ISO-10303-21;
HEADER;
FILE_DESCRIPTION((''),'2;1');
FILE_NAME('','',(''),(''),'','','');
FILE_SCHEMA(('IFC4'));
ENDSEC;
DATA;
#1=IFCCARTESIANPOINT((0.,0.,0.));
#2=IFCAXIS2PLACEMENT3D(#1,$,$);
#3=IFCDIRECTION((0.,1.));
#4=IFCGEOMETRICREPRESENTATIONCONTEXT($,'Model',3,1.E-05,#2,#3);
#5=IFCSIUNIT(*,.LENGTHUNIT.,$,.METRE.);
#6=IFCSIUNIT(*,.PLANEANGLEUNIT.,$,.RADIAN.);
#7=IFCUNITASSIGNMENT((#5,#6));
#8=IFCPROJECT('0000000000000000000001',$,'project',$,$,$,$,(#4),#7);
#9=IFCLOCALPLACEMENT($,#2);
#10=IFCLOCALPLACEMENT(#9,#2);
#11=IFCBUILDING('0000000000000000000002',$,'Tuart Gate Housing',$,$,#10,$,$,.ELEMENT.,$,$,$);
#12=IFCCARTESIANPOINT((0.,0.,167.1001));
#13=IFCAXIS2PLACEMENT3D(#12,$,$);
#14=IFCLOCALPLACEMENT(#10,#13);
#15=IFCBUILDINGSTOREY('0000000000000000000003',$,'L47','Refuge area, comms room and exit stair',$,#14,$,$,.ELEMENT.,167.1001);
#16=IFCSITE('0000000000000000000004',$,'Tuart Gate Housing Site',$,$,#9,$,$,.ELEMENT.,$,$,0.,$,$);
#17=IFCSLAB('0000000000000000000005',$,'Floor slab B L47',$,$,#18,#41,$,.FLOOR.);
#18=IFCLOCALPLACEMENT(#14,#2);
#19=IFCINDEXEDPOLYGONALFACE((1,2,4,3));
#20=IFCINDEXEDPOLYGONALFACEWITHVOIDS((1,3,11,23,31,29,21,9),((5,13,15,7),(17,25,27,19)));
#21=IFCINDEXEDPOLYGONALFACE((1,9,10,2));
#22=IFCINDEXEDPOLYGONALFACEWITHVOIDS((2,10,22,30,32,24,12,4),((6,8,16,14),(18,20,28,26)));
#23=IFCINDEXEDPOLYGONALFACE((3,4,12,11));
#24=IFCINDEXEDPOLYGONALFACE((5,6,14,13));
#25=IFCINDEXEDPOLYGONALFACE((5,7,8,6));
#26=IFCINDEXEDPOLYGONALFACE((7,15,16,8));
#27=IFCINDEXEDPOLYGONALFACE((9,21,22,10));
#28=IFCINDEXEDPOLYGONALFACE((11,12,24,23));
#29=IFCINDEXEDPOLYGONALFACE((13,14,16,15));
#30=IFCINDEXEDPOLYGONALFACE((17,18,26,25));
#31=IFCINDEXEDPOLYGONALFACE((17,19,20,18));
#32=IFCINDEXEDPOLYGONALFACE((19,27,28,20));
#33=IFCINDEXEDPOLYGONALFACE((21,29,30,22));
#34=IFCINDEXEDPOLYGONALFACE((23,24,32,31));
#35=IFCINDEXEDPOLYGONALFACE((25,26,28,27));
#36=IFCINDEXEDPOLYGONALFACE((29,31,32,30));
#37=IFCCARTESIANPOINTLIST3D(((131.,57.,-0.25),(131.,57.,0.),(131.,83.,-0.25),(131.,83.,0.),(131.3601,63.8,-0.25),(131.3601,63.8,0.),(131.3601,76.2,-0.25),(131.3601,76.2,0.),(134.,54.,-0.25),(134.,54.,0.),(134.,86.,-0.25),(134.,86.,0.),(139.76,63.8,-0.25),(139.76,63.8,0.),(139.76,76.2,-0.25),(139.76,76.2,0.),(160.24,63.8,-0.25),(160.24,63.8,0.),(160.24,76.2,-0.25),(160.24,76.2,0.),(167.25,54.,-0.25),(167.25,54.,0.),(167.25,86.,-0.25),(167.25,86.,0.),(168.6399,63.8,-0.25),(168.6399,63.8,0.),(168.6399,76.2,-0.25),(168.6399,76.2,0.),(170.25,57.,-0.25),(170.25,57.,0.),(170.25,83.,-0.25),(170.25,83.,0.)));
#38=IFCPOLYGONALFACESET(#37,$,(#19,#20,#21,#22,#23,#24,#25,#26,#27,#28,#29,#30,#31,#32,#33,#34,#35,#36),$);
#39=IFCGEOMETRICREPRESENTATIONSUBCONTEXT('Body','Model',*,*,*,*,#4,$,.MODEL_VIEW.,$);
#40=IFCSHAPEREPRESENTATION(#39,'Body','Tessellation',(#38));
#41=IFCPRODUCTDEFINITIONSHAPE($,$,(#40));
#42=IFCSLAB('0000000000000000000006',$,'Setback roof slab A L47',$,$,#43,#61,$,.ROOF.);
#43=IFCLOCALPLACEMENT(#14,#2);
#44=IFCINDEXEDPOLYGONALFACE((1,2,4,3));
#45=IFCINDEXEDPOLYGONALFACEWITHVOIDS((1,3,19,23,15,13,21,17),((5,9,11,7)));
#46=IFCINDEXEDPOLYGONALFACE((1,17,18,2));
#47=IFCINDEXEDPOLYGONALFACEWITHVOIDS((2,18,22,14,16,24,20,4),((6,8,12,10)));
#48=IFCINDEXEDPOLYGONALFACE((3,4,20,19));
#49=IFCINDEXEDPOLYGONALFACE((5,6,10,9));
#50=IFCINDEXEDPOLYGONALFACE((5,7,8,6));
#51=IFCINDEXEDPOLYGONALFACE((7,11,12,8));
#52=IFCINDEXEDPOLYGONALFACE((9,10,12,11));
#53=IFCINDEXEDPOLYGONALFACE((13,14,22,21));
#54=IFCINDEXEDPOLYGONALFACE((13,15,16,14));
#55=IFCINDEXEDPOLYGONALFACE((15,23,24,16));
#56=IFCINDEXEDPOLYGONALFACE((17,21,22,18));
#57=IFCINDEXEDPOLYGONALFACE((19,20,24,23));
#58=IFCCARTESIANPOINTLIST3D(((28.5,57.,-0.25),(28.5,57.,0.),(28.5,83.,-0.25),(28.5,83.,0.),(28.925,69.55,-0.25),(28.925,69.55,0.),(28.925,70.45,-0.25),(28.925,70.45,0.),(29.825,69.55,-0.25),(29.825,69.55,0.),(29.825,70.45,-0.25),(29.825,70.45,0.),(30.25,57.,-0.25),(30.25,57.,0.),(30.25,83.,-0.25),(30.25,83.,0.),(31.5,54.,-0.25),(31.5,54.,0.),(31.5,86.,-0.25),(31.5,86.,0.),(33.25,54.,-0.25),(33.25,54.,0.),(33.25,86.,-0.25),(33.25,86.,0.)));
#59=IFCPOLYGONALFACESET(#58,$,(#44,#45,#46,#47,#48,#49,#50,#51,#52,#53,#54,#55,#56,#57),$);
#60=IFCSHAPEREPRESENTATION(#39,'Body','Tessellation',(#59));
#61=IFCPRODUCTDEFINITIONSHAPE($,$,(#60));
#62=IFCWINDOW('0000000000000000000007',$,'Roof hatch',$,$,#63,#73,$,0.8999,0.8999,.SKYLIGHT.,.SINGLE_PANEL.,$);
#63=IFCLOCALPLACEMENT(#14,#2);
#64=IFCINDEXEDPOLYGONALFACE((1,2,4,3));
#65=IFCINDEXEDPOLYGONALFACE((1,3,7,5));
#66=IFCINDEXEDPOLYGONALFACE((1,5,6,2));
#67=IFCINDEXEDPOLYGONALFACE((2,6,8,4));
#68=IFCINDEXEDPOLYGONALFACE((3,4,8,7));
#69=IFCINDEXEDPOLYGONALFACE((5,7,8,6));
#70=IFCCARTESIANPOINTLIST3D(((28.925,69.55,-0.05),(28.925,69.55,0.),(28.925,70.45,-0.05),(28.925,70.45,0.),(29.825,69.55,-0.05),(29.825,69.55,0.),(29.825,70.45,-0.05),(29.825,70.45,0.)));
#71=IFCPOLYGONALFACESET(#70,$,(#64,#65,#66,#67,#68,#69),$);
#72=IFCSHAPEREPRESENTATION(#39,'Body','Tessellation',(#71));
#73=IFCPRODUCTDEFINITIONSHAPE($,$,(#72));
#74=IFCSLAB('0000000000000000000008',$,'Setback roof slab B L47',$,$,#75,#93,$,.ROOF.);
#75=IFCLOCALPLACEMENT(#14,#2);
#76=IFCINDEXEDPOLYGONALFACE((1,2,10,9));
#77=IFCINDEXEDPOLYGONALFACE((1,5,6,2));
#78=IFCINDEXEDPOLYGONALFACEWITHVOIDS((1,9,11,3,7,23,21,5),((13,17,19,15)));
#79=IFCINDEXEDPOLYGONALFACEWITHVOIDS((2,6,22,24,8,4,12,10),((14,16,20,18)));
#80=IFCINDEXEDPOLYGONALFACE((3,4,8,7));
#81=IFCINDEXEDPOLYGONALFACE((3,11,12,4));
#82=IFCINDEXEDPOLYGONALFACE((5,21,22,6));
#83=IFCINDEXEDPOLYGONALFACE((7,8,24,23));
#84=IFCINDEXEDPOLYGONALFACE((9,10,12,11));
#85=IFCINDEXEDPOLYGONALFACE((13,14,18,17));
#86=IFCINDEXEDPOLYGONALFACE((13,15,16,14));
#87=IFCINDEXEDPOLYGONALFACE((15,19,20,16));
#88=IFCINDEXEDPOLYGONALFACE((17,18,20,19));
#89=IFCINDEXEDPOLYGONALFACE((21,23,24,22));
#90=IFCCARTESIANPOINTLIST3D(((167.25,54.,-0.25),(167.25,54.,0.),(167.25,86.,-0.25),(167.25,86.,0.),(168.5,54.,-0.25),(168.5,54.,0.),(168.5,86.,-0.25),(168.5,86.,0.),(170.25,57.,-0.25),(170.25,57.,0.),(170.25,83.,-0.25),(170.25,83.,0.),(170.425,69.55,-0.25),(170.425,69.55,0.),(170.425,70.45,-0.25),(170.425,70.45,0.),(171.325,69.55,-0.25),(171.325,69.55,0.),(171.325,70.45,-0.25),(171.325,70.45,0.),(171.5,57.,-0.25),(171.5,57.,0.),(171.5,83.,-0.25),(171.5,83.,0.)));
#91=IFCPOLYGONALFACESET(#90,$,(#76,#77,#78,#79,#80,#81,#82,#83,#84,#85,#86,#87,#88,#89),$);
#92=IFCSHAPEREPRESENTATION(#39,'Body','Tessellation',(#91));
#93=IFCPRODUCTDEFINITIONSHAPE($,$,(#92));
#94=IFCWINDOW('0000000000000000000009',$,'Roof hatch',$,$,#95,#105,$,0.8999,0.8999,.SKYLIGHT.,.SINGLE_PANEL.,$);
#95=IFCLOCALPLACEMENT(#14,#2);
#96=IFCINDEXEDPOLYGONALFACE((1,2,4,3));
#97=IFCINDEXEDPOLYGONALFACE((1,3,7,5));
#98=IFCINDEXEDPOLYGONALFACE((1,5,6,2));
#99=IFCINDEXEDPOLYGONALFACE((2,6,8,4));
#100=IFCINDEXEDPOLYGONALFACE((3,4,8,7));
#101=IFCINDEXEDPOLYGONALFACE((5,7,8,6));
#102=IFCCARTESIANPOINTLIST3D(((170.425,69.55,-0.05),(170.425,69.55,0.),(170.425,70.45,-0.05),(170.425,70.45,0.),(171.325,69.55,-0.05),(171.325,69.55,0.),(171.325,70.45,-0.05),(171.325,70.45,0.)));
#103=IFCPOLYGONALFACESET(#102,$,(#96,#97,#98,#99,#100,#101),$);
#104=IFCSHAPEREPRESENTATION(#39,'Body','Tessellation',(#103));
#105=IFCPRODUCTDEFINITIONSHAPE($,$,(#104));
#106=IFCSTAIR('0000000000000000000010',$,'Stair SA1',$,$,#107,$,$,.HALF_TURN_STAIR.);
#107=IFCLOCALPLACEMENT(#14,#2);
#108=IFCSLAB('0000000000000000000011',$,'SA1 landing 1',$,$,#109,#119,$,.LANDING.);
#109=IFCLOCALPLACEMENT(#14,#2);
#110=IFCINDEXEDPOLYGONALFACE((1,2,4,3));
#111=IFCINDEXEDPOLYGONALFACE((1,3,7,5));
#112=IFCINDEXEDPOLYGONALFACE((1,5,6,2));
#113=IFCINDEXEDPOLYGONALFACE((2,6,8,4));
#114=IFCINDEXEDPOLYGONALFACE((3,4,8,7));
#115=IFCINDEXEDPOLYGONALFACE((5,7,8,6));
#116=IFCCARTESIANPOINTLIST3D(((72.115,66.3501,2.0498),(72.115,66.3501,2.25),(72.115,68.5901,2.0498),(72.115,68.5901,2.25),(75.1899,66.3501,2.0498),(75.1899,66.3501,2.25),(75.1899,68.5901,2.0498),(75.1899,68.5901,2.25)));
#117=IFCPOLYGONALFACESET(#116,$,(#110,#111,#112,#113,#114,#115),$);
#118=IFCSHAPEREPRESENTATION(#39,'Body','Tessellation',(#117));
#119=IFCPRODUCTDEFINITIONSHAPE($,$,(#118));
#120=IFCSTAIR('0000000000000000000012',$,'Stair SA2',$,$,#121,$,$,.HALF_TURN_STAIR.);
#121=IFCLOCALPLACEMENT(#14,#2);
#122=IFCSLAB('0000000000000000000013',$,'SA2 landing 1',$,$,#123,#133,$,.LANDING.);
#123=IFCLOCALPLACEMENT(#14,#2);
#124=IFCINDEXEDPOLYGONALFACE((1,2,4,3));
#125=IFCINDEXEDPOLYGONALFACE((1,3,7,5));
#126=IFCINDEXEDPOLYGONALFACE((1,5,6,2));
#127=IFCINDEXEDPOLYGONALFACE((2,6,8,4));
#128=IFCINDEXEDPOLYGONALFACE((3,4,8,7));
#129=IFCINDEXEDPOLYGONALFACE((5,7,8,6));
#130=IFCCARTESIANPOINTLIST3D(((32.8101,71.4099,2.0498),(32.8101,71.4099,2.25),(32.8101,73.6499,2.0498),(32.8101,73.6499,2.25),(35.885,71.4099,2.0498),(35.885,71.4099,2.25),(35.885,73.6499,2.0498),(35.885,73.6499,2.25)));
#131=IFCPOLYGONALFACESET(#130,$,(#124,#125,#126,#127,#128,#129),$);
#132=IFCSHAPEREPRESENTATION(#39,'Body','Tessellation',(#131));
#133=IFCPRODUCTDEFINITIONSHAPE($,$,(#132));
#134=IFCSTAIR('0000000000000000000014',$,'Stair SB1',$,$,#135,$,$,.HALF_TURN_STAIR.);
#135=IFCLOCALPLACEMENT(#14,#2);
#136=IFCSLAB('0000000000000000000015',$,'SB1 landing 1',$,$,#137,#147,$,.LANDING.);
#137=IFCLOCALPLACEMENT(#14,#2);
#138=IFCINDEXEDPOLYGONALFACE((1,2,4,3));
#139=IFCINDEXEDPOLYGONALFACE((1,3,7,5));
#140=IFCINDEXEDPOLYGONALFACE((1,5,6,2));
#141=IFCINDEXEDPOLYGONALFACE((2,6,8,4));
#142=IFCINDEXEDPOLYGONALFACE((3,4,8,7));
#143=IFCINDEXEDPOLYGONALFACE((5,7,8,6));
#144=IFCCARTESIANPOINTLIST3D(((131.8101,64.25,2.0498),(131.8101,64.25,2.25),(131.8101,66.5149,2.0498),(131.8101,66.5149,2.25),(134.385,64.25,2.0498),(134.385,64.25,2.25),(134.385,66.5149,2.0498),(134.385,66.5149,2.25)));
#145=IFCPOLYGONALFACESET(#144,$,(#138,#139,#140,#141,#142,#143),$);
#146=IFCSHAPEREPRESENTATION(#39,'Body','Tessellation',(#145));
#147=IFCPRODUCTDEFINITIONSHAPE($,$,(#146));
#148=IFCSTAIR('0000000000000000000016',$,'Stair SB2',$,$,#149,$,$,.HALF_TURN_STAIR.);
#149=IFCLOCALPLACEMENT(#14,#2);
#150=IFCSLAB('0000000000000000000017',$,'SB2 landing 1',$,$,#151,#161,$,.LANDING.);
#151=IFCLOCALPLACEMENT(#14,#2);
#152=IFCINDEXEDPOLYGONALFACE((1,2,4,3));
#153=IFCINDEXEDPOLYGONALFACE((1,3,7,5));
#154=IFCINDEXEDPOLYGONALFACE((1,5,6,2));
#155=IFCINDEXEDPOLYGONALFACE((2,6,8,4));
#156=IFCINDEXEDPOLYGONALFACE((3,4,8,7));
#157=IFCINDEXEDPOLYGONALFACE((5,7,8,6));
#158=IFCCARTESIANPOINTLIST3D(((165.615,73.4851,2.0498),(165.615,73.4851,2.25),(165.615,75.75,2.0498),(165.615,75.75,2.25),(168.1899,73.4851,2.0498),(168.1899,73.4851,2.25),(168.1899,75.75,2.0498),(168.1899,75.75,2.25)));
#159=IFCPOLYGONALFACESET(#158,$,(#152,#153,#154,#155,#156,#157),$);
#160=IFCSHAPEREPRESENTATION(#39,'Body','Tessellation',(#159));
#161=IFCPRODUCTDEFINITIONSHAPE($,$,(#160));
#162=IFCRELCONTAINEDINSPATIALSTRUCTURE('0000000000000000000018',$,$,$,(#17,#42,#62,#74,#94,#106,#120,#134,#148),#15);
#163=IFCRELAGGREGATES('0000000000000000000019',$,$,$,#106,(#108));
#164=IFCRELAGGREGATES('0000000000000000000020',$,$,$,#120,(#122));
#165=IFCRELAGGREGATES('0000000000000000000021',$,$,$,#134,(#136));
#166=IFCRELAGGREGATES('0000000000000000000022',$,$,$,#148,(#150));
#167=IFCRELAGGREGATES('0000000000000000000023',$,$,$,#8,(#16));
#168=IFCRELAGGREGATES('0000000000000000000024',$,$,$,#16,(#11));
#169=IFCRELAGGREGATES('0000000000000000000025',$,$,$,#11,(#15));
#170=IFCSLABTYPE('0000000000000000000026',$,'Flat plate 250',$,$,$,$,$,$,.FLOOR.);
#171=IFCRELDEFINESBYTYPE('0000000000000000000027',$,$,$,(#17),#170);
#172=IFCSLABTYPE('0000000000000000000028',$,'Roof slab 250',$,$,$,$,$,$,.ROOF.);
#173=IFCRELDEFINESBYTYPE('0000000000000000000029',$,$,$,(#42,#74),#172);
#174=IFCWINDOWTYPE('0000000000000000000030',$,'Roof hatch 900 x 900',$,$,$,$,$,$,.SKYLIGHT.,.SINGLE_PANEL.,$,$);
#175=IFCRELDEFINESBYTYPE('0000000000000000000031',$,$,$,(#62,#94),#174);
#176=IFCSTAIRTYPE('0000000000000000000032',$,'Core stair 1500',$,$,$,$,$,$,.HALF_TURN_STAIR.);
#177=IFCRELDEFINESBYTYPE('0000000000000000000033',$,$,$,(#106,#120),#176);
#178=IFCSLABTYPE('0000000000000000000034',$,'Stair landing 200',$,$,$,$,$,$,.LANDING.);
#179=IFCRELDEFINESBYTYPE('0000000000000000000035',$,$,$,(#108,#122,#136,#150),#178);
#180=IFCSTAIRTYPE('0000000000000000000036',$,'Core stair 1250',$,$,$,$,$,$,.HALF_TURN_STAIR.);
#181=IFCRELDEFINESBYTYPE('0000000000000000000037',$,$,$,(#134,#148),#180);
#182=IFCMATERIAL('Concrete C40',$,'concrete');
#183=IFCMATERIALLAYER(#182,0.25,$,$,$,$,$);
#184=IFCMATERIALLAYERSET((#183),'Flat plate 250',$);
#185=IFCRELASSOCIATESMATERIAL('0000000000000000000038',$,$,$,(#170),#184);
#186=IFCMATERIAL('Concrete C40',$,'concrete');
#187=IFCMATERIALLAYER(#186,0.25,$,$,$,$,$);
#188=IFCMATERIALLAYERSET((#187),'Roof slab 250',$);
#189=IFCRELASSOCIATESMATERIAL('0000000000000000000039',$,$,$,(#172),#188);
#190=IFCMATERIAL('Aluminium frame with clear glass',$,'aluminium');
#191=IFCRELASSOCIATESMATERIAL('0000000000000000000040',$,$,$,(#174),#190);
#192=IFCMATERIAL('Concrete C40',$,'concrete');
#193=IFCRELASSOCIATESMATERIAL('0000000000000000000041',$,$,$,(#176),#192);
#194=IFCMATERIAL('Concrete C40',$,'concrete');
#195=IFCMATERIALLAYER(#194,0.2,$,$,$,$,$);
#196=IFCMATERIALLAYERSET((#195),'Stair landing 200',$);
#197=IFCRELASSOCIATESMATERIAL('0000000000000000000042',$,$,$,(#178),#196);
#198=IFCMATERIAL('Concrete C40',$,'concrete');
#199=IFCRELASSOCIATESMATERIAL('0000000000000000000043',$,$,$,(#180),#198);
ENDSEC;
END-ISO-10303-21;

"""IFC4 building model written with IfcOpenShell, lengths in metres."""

from ifc_helpers import new_model, si_unit, direction, frame, origin, origin_2d, place, context, subcontext, project, spatial, polyline, rectangle, outline, extrude, material, layer, layer_set, type_object, element, fill, aggregate, save


model = new_model("IFC4")

# Units and contexts
model_context = context("Model", 3, precision=1e-05, world=origin(), true_north=direction((0.0, 1.0)))
body_context = subcontext(model_context, "Body", "Model", "MODEL_VIEW")
ifc_project = project(units=[si_unit("LENGTHUNIT", "METRE"), si_unit("PLANEANGLEUNIT", "RADIAN")], contexts=[model_context])

# Site, building, storey
site_placement = place(None, origin())
site = spatial("IfcSite", under=ifc_project, at=site_placement, Name="Tuart Gate Housing Site", CompositionType="ELEMENT", RefElevation=0.0)
building_placement = place(site_placement, origin())
building = spatial("IfcBuilding", under=site, at=building_placement, Name="Tuart Gate Housing", CompositionType="ELEMENT")
storey_placement = place(building_placement, frame((0.0, 0.0, 167.1001)))
storey = spatial("IfcBuildingStorey", under=building, at=storey_placement, Name="L47", Description="Refuge area, comms room and exit stair", CompositionType="ELEMENT", Elevation=167.1001)

# Slab
ifc_material_1 = material(Name="Concrete C40", Category="concrete")
ifc_layer_1 = layer(ifc_material_1, 0.25)
ifc_layer_set_1 = layer_set([ifc_layer_1], Name="Flat plate 250")
slab_type_1 = type_object("IfcSlabType", Name="Flat plate 250", PredefinedType="FLOOR", material=ifc_layer_set_1)
slab_1_placement = place(storey_placement, frame((0.0, 0.0, -0.25)))
element("IfcSlab", 1, at=slab_1_placement, inside=storey, type_object=slab_type_1, Name="Floor slab B L47", PredefinedType="FLOOR", context=body_context, shape_type="SweptSolid", body=[
    extrude(outline(polyline([(134.0, 86.0), (131.0, 83.0), (131.0, 57.0), (134.0, 54.0), (167.25, 54.0), (170.25, 57.0), (170.25, 83.0), (167.25, 86.0), (134.0, 86.0)]), holes=[polyline([(131.3601, 76.2), (139.76, 76.2), (139.76, 63.8), (131.3601, 63.8), (131.3601, 76.2)]), polyline([(168.6399, 76.2), (168.6399, 63.8), (160.24, 63.8), (160.24, 76.2), (168.6399, 76.2)])]), origin(), (0.0, 0.0, 1.0), 0.25),
])

# Slabs, openings, windows
ifc_material_2 = material(Name="Concrete C40", Category="concrete")
ifc_layer_2 = layer(ifc_material_2, 0.25)
ifc_layer_set_2 = layer_set([ifc_layer_2], Name="Roof slab 250")
slab_type_2 = type_object("IfcSlabType", Name="Roof slab 250", PredefinedType="ROOF", material=ifc_layer_set_2)
slab_2_placement = place(storey_placement, frame((0.0, 0.0, -0.25)))
slab_2 = element("IfcSlab", 2, at=slab_2_placement, inside=storey, type_object=slab_type_2, Name="Setback roof slab A L47", PredefinedType="ROOF", context=body_context, shape_type="SweptSolid", body=[
    extrude(outline(polyline([(31.5, 54.0), (33.25, 54.0), (30.25, 57.0), (30.25, 83.0), (33.25, 86.0), (31.5, 86.0), (28.5, 83.0), (28.5, 57.0), (31.5, 54.0)])), origin(), (0.0, 0.0, 1.0), 0.25),
])
opening_1_placement = place(slab_2_placement, frame((29.375, 70.0, 0.0)))
opening_1 = element("IfcOpeningElement", 3, at=opening_1_placement, cuts=slab_2, PredefinedType="OPENING", context=body_context, shape_type="SweptSolid", body=[
    extrude(rectangle(XDim=0.8999, YDim=0.8999, at=origin_2d()), frame((0.0, 0.0, -0.01)), (0.0, 0.0, 1.0), 0.27),
])
ifc_material_3 = material(Name="Aluminium frame with clear glass", Category="aluminium")
window_type = type_object("IfcWindowType", Name="Roof hatch 900 x 900", PartitioningType="SINGLE_PANEL", PredefinedType="SKYLIGHT", material=ifc_material_3)
window_1_placement = place(opening_1_placement, frame((0.0, 0.0, 0.2)))
window_1 = element("IfcWindow", 4, at=window_1_placement, inside=storey, type_object=window_type, Name="Roof hatch", OverallHeight=0.8999, OverallWidth=0.8999, PartitioningType="SINGLE_PANEL", PredefinedType="SKYLIGHT", context=body_context, shape_type="SweptSolid", body=[
    extrude(rectangle(XDim=0.8999, YDim=0.8999, at=origin_2d()), origin(), (0.0, 0.0, 1.0), 0.05),
])
fill(opening_1, window_1)
slab_3_placement = place(storey_placement, frame((0.0, 0.0, -0.25)))
slab_3 = element("IfcSlab", 5, at=slab_3_placement, inside=storey, type_object=slab_type_2, Name="Setback roof slab B L47", PredefinedType="ROOF", context=body_context, shape_type="SweptSolid", body=[
    extrude(outline(polyline([(168.5, 86.0), (167.25, 86.0), (170.25, 83.0), (170.25, 57.0), (167.25, 54.0), (168.5, 54.0), (171.5, 57.0), (171.5, 83.0), (168.5, 86.0)])), origin(), (0.0, 0.0, 1.0), 0.25),
])
opening_2_placement = place(slab_3_placement, frame((170.875, 70.0, 0.0)))
opening_2 = element("IfcOpeningElement", 6, at=opening_2_placement, cuts=slab_3, PredefinedType="OPENING", context=body_context, shape_type="SweptSolid", body=[
    extrude(rectangle(XDim=0.8999, YDim=0.8999, at=origin_2d()), frame((0.0, 0.0, -0.01)), (0.0, 0.0, 1.0), 0.27),
])
window_2_placement = place(opening_2_placement, frame((0.0, 0.0, 0.2)))
window_2 = element("IfcWindow", 7, at=window_2_placement, inside=storey, type_object=window_type, Name="Roof hatch", OverallHeight=0.8999, OverallWidth=0.8999, PartitioningType="SINGLE_PANEL", PredefinedType="SKYLIGHT", context=body_context, shape_type="SweptSolid", body=[
    extrude(rectangle(XDim=0.8999, YDim=0.8999, at=origin_2d()), origin(), (0.0, 0.0, 1.0), 0.05),
])
fill(opening_2, window_2)

# Stairs, slabs
ifc_material_4 = material(Name="Concrete C40", Category="concrete")
stair_type_1 = type_object("IfcStairType", Name="Core stair 1500", PredefinedType="HALF_TURN_STAIR", material=ifc_material_4)
stair_1_placement = place(storey_placement, origin())
stair_1 = element("IfcStair", 8, at=stair_1_placement, inside=storey, type_object=stair_type_1, Name="Stair SA1", PredefinedType="HALF_TURN_STAIR")
ifc_material_5 = material(Name="Concrete C40", Category="concrete")
ifc_layer_3 = layer(ifc_material_5, 0.2)
ifc_layer_set_3 = layer_set([ifc_layer_3], Name="Stair landing 200")
slab_type_3 = type_object("IfcSlabType", Name="Stair landing 200", PredefinedType="LANDING", material=ifc_layer_set_3)
slab_4_placement = place(storey_placement, frame((0.0, 0.0, 2.0498)))
slab_4 = element("IfcSlab", 9, at=slab_4_placement, type_object=slab_type_3, Name="SA1 landing 1", PredefinedType="LANDING", context=body_context, shape_type="SweptSolid", body=[
    extrude(outline(polyline([(72.115, 66.3501), (75.1899, 66.3501), (75.1899, 68.5901), (72.115, 68.5901), (72.115, 66.3501)])), origin(), (0.0, 0.0, 1.0), 0.2002),
])
aggregate(stair_1, [slab_4])
stair_2_placement = place(storey_placement, origin())
stair_2 = element("IfcStair", 10, at=stair_2_placement, inside=storey, type_object=stair_type_1, Name="Stair SA2", PredefinedType="HALF_TURN_STAIR")
slab_5_placement = place(storey_placement, frame((0.0, 0.0, 2.0498)))
slab_5 = element("IfcSlab", 11, at=slab_5_placement, type_object=slab_type_3, Name="SA2 landing 1", PredefinedType="LANDING", context=body_context, shape_type="SweptSolid", body=[
    extrude(outline(polyline([(35.885, 73.6499), (32.8101, 73.6499), (32.8101, 71.4099), (35.885, 71.4099), (35.885, 73.6499)])), origin(), (0.0, 0.0, 1.0), 0.2002),
])
aggregate(stair_2, [slab_5])
ifc_material_6 = material(Name="Concrete C40", Category="concrete")
stair_type_2 = type_object("IfcStairType", Name="Core stair 1250", PredefinedType="HALF_TURN_STAIR", material=ifc_material_6)
stair_3_placement = place(storey_placement, origin())
stair_3 = element("IfcStair", 12, at=stair_3_placement, inside=storey, type_object=stair_type_2, Name="Stair SB1", PredefinedType="HALF_TURN_STAIR")
slab_6_placement = place(storey_placement, frame((0.0, 0.0, 2.0498)))
slab_6 = element("IfcSlab", 13, at=slab_6_placement, type_object=slab_type_3, Name="SB1 landing 1", PredefinedType="LANDING", context=body_context, shape_type="SweptSolid", body=[
    extrude(outline(polyline([(134.385, 66.5149), (131.8101, 66.5149), (131.8101, 64.25), (134.385, 64.25), (134.385, 66.5149)])), origin(), (0.0, 0.0, 1.0), 0.2002),
])
aggregate(stair_3, [slab_6])
stair_4_placement = place(storey_placement, origin())
stair_4 = element("IfcStair", 14, at=stair_4_placement, inside=storey, type_object=stair_type_2, Name="Stair SB2", PredefinedType="HALF_TURN_STAIR")
slab_7_placement = place(storey_placement, frame((0.0, 0.0, 2.0498)))
slab_7 = element("IfcSlab", 15, at=slab_7_placement, type_object=slab_type_3, Name="SB2 landing 1", PredefinedType="LANDING", context=body_context, shape_type="SweptSolid", body=[
    extrude(outline(polyline([(165.615, 73.4851), (168.1899, 73.4851), (168.1899, 75.75), (165.615, 75.75), (165.615, 73.4851)])), origin(), (0.0, 0.0, 1.0), 0.2002),
])
aggregate(stair_4, [slab_7])

save(model, "model.ifc")
